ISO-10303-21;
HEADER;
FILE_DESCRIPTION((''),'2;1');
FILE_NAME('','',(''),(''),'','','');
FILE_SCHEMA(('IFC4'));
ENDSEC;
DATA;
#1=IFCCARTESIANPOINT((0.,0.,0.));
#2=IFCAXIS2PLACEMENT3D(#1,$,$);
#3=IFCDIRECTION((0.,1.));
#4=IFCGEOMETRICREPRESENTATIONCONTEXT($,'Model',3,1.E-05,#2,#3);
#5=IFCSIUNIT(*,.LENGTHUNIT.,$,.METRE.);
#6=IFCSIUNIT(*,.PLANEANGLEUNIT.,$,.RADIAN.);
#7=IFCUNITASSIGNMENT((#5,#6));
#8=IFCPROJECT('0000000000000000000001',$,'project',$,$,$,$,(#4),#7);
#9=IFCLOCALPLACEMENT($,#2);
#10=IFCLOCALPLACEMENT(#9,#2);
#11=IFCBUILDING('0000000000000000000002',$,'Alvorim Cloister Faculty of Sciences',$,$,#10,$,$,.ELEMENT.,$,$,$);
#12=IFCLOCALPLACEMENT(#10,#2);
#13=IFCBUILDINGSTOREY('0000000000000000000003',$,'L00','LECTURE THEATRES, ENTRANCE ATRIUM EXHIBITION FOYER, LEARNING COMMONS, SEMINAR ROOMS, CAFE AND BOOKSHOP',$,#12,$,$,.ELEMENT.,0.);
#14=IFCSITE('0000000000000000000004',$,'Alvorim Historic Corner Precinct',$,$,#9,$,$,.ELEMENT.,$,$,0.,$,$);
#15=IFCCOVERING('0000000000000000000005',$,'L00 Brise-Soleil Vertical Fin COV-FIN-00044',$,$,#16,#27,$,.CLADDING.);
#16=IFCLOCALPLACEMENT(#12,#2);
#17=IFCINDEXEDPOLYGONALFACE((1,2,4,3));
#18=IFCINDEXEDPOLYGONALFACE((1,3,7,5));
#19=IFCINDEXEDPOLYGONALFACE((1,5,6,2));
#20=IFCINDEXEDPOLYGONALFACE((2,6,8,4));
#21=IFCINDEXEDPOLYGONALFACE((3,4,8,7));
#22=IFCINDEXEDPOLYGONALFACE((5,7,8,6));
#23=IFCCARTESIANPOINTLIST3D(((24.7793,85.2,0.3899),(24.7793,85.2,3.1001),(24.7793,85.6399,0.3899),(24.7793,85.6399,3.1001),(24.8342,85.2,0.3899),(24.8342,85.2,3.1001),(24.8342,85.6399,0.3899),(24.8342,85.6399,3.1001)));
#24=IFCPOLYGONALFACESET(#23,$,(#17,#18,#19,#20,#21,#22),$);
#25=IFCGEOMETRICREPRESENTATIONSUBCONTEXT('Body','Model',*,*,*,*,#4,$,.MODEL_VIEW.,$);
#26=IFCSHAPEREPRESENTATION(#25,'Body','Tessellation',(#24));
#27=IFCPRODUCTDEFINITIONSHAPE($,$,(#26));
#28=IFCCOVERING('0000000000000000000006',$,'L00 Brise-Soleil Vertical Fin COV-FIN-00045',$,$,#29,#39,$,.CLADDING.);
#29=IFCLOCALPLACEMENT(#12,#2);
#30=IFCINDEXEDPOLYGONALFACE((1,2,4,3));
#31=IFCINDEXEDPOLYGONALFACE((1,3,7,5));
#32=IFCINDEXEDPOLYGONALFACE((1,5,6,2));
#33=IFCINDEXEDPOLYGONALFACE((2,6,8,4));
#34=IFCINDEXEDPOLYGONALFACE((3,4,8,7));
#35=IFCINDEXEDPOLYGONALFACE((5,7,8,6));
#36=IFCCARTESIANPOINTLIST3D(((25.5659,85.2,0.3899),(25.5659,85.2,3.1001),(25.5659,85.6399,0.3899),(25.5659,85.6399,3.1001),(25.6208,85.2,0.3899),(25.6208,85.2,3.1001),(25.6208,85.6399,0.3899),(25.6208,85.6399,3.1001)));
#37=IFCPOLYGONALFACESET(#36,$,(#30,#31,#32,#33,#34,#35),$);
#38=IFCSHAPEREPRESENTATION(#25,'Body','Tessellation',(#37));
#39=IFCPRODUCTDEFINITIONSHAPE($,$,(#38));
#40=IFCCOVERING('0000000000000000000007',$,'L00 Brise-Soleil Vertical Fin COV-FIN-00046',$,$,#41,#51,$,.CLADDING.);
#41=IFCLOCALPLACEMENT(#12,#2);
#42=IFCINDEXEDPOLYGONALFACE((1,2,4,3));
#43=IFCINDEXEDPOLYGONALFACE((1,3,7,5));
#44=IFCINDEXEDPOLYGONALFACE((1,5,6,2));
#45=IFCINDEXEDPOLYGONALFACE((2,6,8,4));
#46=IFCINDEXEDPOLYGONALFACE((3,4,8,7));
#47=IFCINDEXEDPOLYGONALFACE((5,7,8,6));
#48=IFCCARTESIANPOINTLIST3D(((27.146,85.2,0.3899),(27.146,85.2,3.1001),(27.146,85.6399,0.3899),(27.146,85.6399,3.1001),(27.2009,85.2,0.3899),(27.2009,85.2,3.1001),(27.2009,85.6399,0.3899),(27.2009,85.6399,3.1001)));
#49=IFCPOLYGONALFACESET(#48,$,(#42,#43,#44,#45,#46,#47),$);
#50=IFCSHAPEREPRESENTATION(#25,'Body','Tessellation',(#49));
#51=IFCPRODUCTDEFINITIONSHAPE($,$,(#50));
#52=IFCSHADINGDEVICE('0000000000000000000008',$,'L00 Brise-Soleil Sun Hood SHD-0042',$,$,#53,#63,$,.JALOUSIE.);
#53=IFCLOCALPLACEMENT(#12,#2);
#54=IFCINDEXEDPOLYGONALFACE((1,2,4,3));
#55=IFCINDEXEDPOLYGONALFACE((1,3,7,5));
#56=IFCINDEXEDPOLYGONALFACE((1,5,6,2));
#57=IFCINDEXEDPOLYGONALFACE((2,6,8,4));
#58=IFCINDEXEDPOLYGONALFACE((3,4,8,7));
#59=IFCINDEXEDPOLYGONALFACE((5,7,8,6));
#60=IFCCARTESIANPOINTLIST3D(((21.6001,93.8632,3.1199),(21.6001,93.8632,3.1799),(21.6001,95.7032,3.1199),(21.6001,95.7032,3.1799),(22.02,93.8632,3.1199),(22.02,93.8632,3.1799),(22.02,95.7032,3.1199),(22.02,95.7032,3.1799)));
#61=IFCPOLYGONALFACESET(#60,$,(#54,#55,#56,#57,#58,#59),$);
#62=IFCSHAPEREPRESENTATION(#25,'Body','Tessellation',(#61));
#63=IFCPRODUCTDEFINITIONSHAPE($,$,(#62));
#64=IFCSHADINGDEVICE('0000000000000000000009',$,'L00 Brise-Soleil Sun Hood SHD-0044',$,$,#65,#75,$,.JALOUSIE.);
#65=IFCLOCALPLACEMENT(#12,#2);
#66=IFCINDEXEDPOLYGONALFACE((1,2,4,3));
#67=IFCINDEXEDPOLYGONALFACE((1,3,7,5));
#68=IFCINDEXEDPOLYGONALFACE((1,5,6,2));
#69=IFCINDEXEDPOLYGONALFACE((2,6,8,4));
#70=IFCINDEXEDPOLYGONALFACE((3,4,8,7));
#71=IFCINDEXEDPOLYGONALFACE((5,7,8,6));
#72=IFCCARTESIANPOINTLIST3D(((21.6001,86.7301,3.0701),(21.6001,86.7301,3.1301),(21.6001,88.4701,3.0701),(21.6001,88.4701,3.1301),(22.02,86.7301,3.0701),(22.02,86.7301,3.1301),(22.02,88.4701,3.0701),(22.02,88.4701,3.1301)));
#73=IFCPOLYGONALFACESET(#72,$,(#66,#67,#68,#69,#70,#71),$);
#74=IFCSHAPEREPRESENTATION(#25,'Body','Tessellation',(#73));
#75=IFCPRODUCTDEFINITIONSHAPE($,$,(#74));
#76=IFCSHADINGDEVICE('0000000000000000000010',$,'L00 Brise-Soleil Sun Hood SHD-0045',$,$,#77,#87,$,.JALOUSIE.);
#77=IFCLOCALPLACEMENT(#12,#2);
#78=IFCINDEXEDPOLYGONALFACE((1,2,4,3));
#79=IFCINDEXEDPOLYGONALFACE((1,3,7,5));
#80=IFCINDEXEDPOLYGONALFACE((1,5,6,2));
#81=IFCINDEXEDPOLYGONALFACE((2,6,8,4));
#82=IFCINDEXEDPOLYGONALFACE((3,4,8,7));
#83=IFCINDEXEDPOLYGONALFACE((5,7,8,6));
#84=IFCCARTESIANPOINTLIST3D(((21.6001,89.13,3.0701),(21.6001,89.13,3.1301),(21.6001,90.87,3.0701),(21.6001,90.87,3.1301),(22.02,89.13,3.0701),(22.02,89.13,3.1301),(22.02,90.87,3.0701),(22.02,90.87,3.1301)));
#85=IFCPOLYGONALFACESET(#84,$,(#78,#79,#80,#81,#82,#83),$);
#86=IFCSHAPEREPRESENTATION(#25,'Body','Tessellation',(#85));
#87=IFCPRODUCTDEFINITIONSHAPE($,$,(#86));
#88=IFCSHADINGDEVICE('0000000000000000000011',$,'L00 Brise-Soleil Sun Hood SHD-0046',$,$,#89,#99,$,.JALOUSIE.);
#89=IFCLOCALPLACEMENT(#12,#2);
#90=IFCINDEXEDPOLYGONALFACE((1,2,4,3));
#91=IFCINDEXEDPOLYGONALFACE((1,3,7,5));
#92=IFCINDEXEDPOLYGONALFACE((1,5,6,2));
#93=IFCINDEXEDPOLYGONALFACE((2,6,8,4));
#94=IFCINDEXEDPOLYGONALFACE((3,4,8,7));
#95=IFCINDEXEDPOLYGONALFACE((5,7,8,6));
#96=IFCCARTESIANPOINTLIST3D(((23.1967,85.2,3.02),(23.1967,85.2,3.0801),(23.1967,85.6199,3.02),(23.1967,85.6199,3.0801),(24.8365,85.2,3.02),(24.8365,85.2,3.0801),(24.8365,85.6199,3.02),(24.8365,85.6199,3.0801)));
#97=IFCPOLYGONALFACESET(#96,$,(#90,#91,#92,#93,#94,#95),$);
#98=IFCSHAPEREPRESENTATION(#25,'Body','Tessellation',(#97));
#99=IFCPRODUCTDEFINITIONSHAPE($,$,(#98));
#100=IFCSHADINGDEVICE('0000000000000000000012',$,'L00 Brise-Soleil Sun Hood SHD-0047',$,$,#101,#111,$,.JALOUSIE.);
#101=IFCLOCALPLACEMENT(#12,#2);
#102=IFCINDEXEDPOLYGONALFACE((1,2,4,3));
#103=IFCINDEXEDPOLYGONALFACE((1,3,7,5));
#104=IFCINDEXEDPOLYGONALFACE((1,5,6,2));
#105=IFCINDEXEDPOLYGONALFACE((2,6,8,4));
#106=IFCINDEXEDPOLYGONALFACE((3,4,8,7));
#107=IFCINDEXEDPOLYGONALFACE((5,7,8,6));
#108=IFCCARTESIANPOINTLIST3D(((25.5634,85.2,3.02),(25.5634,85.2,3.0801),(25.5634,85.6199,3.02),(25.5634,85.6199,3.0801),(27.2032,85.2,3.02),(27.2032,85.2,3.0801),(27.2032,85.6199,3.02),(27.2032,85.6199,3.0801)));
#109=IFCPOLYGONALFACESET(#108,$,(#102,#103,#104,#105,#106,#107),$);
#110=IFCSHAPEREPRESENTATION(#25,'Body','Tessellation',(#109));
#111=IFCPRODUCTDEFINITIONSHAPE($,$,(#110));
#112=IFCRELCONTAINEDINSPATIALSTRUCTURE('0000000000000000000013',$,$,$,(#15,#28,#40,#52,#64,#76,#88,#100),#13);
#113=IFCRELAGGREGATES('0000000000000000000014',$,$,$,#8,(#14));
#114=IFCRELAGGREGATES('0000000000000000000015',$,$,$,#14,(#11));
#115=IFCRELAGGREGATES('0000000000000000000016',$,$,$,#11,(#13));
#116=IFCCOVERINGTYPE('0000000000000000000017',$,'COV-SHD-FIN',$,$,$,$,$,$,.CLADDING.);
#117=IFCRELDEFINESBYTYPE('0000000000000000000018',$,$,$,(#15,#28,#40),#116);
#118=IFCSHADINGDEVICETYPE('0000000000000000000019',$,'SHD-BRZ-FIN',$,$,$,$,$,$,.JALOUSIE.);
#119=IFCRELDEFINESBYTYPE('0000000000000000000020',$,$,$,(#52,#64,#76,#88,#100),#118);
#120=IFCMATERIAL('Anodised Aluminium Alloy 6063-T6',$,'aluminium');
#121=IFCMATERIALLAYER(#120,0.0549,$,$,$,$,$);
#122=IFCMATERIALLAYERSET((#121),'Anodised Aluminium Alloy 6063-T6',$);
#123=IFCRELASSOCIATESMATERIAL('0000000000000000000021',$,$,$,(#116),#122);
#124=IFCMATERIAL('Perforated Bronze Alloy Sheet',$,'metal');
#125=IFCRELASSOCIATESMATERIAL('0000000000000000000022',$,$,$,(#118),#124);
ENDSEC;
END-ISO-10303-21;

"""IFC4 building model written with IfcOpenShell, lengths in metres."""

from ifc_helpers import new_model, si_unit, direction, frame, origin, origin_2d, place, context, subcontext, project, spatial, polyline, rectangle, outline, extrude, material, layer, layer_set, type_object, element, save


model = new_model("IFC4")

# Units and contexts
model_context = context("Model", 3, precision=1e-05, world=origin(), true_north=direction((0.0, 1.0)))
body_context = subcontext(model_context, "Body", "Model", "MODEL_VIEW")
ifc_project = project(units=[si_unit("LENGTHUNIT", "METRE"), si_unit("PLANEANGLEUNIT", "RADIAN")], contexts=[model_context])

# Site, building, storey
site_placement = place(None, origin())
site = spatial("IfcSite", under=ifc_project, at=site_placement, Name="Alvorim Historic Corner Precinct", CompositionType="ELEMENT", RefElevation=0.0)
building_placement = place(site_placement, origin())
building = spatial("IfcBuilding", under=site, at=building_placement, Name="Alvorim Cloister Faculty of Sciences", CompositionType="ELEMENT")
storey_placement = place(building_placement, origin())
storey = spatial("IfcBuildingStorey", under=building, at=storey_placement, Name="L00", Description="LECTURE THEATRES, ENTRANCE ATRIUM EXHIBITION FOYER, LEARNING COMMONS, SEMINAR ROOMS, CAFE AND BOOKSHOP", CompositionType="ELEMENT", Elevation=0.0)

# Coverings
ifc_material_1 = material(Name="Anodised Aluminium Alloy 6063-T6", Category="aluminium")
ifc_layer_1 = layer(ifc_material_1, 0.0549)
ifc_layer_set_1 = layer_set([ifc_layer_1], Name="Anodised Aluminium Alloy 6063-T6")
covering_type = type_object("IfcCoveringType", Name="COV-SHD-FIN", PredefinedType="CLADDING", material=ifc_layer_set_1)
for number, where, z_axis, x_axis, name in (
    (1, (24.8066, 85.2, 0.3899), (0.0, 0.0, 1.0), (0.0, 1.0, 0.0), "L00 Brise-Soleil Vertical Fin COV-FIN-00044"),
    (2, (25.5933, 85.2, 0.3899), (0.0, 0.0, 1.0), (0.0, 1.0, 0.0), "L00 Brise-Soleil Vertical Fin COV-FIN-00045"),
    (3, (27.1733, 85.2, 0.3899), (0.0, 0.0, 1.0), (0.0, 1.0, 0.0), "L00 Brise-Soleil Vertical Fin COV-FIN-00046"),
):
    element("IfcCovering", number, at=place(storey_placement, frame(where, z_axis=z_axis, x_axis=x_axis)), inside=storey, type_object=covering_type, Name=name, PredefinedType="CLADDING", context=body_context, shape_type="SweptSolid", body=[
        extrude(outline(polyline([(0.0, 0.0), (0.4399, 0.0), (0.4399, 2.7102), (0.0, 2.7102), (0.0, 0.0)])), frame((0.0, 0.0273, 0.0), z_axis=(0.0, -1.0, 0.0), x_axis=(1.0, 0.0, 0.0)), (0.0, 0.0, 1.0), 0.0549),
    ])

# Shading devices
ifc_material_2 = material(Name="Perforated Bronze Alloy Sheet", Category="metal")
shading_device_type = type_object("IfcShadingDeviceType", Name="SHD-BRZ-FIN", PredefinedType="JALOUSIE", material=ifc_material_2)
shading_device_placement = place(storey_placement, frame((21.8101, 94.7832, 3.1199), z_axis=(0.0, 0.0, 1.0), x_axis=(1.0, 0.0, 0.0)))
element("IfcShadingDevice", 4, at=shading_device_placement, inside=storey, type_object=shading_device_type, Name="L00 Brise-Soleil Sun Hood SHD-0042", PredefinedType="JALOUSIE", context=body_context, shape_type="SweptSolid", body=[
    extrude(rectangle(XDim=0.4199, YDim=1.8401, at=origin_2d()), origin(), (0.0, 0.0, 1.0), 0.0601),
])
for number, where, z_axis, x_axis, name in (
    (5, (21.8101, 87.6001, 3.0701), (0.0, 0.0, 1.0), (1.0, 0.0, 0.0), "L00 Brise-Soleil Sun Hood SHD-0044"),
    (6, (21.8101, 90.0, 3.0701), (0.0, 0.0, 1.0), (1.0, 0.0, 0.0), "L00 Brise-Soleil Sun Hood SHD-0045"),
):
    element("IfcShadingDevice", number, at=place(storey_placement, frame(where, z_axis=z_axis, x_axis=x_axis)), inside=storey, type_object=shading_device_type, Name=name, PredefinedType="JALOUSIE", context=body_context, shape_type="SweptSolid", body=[
        extrude(rectangle(XDim=0.4199, YDim=1.74, at=origin_2d()), origin(), (0.0, 0.0, 1.0), 0.0601),
    ])
for number, where, z_axis, x_axis, name in (
    (7, (24.0166, 85.4099, 3.02), (0.0, 0.0, 1.0), (1.0, 0.0, 0.0), "L00 Brise-Soleil Sun Hood SHD-0046"),
    (8, (26.3833, 85.4099, 3.02), (0.0, 0.0, 1.0), (1.0, 0.0, 0.0), "L00 Brise-Soleil Sun Hood SHD-0047"),
):
    element("IfcShadingDevice", number, at=place(storey_placement, frame(where, z_axis=z_axis, x_axis=x_axis)), inside=storey, type_object=shading_device_type, Name=name, PredefinedType="JALOUSIE", context=body_context, shape_type="SweptSolid", body=[
        extrude(rectangle(XDim=1.6399, YDim=0.4199, at=origin_2d()), origin(), (0.0, 0.0, 1.0), 0.0601),
    ])

save(model, "model.ifc")
